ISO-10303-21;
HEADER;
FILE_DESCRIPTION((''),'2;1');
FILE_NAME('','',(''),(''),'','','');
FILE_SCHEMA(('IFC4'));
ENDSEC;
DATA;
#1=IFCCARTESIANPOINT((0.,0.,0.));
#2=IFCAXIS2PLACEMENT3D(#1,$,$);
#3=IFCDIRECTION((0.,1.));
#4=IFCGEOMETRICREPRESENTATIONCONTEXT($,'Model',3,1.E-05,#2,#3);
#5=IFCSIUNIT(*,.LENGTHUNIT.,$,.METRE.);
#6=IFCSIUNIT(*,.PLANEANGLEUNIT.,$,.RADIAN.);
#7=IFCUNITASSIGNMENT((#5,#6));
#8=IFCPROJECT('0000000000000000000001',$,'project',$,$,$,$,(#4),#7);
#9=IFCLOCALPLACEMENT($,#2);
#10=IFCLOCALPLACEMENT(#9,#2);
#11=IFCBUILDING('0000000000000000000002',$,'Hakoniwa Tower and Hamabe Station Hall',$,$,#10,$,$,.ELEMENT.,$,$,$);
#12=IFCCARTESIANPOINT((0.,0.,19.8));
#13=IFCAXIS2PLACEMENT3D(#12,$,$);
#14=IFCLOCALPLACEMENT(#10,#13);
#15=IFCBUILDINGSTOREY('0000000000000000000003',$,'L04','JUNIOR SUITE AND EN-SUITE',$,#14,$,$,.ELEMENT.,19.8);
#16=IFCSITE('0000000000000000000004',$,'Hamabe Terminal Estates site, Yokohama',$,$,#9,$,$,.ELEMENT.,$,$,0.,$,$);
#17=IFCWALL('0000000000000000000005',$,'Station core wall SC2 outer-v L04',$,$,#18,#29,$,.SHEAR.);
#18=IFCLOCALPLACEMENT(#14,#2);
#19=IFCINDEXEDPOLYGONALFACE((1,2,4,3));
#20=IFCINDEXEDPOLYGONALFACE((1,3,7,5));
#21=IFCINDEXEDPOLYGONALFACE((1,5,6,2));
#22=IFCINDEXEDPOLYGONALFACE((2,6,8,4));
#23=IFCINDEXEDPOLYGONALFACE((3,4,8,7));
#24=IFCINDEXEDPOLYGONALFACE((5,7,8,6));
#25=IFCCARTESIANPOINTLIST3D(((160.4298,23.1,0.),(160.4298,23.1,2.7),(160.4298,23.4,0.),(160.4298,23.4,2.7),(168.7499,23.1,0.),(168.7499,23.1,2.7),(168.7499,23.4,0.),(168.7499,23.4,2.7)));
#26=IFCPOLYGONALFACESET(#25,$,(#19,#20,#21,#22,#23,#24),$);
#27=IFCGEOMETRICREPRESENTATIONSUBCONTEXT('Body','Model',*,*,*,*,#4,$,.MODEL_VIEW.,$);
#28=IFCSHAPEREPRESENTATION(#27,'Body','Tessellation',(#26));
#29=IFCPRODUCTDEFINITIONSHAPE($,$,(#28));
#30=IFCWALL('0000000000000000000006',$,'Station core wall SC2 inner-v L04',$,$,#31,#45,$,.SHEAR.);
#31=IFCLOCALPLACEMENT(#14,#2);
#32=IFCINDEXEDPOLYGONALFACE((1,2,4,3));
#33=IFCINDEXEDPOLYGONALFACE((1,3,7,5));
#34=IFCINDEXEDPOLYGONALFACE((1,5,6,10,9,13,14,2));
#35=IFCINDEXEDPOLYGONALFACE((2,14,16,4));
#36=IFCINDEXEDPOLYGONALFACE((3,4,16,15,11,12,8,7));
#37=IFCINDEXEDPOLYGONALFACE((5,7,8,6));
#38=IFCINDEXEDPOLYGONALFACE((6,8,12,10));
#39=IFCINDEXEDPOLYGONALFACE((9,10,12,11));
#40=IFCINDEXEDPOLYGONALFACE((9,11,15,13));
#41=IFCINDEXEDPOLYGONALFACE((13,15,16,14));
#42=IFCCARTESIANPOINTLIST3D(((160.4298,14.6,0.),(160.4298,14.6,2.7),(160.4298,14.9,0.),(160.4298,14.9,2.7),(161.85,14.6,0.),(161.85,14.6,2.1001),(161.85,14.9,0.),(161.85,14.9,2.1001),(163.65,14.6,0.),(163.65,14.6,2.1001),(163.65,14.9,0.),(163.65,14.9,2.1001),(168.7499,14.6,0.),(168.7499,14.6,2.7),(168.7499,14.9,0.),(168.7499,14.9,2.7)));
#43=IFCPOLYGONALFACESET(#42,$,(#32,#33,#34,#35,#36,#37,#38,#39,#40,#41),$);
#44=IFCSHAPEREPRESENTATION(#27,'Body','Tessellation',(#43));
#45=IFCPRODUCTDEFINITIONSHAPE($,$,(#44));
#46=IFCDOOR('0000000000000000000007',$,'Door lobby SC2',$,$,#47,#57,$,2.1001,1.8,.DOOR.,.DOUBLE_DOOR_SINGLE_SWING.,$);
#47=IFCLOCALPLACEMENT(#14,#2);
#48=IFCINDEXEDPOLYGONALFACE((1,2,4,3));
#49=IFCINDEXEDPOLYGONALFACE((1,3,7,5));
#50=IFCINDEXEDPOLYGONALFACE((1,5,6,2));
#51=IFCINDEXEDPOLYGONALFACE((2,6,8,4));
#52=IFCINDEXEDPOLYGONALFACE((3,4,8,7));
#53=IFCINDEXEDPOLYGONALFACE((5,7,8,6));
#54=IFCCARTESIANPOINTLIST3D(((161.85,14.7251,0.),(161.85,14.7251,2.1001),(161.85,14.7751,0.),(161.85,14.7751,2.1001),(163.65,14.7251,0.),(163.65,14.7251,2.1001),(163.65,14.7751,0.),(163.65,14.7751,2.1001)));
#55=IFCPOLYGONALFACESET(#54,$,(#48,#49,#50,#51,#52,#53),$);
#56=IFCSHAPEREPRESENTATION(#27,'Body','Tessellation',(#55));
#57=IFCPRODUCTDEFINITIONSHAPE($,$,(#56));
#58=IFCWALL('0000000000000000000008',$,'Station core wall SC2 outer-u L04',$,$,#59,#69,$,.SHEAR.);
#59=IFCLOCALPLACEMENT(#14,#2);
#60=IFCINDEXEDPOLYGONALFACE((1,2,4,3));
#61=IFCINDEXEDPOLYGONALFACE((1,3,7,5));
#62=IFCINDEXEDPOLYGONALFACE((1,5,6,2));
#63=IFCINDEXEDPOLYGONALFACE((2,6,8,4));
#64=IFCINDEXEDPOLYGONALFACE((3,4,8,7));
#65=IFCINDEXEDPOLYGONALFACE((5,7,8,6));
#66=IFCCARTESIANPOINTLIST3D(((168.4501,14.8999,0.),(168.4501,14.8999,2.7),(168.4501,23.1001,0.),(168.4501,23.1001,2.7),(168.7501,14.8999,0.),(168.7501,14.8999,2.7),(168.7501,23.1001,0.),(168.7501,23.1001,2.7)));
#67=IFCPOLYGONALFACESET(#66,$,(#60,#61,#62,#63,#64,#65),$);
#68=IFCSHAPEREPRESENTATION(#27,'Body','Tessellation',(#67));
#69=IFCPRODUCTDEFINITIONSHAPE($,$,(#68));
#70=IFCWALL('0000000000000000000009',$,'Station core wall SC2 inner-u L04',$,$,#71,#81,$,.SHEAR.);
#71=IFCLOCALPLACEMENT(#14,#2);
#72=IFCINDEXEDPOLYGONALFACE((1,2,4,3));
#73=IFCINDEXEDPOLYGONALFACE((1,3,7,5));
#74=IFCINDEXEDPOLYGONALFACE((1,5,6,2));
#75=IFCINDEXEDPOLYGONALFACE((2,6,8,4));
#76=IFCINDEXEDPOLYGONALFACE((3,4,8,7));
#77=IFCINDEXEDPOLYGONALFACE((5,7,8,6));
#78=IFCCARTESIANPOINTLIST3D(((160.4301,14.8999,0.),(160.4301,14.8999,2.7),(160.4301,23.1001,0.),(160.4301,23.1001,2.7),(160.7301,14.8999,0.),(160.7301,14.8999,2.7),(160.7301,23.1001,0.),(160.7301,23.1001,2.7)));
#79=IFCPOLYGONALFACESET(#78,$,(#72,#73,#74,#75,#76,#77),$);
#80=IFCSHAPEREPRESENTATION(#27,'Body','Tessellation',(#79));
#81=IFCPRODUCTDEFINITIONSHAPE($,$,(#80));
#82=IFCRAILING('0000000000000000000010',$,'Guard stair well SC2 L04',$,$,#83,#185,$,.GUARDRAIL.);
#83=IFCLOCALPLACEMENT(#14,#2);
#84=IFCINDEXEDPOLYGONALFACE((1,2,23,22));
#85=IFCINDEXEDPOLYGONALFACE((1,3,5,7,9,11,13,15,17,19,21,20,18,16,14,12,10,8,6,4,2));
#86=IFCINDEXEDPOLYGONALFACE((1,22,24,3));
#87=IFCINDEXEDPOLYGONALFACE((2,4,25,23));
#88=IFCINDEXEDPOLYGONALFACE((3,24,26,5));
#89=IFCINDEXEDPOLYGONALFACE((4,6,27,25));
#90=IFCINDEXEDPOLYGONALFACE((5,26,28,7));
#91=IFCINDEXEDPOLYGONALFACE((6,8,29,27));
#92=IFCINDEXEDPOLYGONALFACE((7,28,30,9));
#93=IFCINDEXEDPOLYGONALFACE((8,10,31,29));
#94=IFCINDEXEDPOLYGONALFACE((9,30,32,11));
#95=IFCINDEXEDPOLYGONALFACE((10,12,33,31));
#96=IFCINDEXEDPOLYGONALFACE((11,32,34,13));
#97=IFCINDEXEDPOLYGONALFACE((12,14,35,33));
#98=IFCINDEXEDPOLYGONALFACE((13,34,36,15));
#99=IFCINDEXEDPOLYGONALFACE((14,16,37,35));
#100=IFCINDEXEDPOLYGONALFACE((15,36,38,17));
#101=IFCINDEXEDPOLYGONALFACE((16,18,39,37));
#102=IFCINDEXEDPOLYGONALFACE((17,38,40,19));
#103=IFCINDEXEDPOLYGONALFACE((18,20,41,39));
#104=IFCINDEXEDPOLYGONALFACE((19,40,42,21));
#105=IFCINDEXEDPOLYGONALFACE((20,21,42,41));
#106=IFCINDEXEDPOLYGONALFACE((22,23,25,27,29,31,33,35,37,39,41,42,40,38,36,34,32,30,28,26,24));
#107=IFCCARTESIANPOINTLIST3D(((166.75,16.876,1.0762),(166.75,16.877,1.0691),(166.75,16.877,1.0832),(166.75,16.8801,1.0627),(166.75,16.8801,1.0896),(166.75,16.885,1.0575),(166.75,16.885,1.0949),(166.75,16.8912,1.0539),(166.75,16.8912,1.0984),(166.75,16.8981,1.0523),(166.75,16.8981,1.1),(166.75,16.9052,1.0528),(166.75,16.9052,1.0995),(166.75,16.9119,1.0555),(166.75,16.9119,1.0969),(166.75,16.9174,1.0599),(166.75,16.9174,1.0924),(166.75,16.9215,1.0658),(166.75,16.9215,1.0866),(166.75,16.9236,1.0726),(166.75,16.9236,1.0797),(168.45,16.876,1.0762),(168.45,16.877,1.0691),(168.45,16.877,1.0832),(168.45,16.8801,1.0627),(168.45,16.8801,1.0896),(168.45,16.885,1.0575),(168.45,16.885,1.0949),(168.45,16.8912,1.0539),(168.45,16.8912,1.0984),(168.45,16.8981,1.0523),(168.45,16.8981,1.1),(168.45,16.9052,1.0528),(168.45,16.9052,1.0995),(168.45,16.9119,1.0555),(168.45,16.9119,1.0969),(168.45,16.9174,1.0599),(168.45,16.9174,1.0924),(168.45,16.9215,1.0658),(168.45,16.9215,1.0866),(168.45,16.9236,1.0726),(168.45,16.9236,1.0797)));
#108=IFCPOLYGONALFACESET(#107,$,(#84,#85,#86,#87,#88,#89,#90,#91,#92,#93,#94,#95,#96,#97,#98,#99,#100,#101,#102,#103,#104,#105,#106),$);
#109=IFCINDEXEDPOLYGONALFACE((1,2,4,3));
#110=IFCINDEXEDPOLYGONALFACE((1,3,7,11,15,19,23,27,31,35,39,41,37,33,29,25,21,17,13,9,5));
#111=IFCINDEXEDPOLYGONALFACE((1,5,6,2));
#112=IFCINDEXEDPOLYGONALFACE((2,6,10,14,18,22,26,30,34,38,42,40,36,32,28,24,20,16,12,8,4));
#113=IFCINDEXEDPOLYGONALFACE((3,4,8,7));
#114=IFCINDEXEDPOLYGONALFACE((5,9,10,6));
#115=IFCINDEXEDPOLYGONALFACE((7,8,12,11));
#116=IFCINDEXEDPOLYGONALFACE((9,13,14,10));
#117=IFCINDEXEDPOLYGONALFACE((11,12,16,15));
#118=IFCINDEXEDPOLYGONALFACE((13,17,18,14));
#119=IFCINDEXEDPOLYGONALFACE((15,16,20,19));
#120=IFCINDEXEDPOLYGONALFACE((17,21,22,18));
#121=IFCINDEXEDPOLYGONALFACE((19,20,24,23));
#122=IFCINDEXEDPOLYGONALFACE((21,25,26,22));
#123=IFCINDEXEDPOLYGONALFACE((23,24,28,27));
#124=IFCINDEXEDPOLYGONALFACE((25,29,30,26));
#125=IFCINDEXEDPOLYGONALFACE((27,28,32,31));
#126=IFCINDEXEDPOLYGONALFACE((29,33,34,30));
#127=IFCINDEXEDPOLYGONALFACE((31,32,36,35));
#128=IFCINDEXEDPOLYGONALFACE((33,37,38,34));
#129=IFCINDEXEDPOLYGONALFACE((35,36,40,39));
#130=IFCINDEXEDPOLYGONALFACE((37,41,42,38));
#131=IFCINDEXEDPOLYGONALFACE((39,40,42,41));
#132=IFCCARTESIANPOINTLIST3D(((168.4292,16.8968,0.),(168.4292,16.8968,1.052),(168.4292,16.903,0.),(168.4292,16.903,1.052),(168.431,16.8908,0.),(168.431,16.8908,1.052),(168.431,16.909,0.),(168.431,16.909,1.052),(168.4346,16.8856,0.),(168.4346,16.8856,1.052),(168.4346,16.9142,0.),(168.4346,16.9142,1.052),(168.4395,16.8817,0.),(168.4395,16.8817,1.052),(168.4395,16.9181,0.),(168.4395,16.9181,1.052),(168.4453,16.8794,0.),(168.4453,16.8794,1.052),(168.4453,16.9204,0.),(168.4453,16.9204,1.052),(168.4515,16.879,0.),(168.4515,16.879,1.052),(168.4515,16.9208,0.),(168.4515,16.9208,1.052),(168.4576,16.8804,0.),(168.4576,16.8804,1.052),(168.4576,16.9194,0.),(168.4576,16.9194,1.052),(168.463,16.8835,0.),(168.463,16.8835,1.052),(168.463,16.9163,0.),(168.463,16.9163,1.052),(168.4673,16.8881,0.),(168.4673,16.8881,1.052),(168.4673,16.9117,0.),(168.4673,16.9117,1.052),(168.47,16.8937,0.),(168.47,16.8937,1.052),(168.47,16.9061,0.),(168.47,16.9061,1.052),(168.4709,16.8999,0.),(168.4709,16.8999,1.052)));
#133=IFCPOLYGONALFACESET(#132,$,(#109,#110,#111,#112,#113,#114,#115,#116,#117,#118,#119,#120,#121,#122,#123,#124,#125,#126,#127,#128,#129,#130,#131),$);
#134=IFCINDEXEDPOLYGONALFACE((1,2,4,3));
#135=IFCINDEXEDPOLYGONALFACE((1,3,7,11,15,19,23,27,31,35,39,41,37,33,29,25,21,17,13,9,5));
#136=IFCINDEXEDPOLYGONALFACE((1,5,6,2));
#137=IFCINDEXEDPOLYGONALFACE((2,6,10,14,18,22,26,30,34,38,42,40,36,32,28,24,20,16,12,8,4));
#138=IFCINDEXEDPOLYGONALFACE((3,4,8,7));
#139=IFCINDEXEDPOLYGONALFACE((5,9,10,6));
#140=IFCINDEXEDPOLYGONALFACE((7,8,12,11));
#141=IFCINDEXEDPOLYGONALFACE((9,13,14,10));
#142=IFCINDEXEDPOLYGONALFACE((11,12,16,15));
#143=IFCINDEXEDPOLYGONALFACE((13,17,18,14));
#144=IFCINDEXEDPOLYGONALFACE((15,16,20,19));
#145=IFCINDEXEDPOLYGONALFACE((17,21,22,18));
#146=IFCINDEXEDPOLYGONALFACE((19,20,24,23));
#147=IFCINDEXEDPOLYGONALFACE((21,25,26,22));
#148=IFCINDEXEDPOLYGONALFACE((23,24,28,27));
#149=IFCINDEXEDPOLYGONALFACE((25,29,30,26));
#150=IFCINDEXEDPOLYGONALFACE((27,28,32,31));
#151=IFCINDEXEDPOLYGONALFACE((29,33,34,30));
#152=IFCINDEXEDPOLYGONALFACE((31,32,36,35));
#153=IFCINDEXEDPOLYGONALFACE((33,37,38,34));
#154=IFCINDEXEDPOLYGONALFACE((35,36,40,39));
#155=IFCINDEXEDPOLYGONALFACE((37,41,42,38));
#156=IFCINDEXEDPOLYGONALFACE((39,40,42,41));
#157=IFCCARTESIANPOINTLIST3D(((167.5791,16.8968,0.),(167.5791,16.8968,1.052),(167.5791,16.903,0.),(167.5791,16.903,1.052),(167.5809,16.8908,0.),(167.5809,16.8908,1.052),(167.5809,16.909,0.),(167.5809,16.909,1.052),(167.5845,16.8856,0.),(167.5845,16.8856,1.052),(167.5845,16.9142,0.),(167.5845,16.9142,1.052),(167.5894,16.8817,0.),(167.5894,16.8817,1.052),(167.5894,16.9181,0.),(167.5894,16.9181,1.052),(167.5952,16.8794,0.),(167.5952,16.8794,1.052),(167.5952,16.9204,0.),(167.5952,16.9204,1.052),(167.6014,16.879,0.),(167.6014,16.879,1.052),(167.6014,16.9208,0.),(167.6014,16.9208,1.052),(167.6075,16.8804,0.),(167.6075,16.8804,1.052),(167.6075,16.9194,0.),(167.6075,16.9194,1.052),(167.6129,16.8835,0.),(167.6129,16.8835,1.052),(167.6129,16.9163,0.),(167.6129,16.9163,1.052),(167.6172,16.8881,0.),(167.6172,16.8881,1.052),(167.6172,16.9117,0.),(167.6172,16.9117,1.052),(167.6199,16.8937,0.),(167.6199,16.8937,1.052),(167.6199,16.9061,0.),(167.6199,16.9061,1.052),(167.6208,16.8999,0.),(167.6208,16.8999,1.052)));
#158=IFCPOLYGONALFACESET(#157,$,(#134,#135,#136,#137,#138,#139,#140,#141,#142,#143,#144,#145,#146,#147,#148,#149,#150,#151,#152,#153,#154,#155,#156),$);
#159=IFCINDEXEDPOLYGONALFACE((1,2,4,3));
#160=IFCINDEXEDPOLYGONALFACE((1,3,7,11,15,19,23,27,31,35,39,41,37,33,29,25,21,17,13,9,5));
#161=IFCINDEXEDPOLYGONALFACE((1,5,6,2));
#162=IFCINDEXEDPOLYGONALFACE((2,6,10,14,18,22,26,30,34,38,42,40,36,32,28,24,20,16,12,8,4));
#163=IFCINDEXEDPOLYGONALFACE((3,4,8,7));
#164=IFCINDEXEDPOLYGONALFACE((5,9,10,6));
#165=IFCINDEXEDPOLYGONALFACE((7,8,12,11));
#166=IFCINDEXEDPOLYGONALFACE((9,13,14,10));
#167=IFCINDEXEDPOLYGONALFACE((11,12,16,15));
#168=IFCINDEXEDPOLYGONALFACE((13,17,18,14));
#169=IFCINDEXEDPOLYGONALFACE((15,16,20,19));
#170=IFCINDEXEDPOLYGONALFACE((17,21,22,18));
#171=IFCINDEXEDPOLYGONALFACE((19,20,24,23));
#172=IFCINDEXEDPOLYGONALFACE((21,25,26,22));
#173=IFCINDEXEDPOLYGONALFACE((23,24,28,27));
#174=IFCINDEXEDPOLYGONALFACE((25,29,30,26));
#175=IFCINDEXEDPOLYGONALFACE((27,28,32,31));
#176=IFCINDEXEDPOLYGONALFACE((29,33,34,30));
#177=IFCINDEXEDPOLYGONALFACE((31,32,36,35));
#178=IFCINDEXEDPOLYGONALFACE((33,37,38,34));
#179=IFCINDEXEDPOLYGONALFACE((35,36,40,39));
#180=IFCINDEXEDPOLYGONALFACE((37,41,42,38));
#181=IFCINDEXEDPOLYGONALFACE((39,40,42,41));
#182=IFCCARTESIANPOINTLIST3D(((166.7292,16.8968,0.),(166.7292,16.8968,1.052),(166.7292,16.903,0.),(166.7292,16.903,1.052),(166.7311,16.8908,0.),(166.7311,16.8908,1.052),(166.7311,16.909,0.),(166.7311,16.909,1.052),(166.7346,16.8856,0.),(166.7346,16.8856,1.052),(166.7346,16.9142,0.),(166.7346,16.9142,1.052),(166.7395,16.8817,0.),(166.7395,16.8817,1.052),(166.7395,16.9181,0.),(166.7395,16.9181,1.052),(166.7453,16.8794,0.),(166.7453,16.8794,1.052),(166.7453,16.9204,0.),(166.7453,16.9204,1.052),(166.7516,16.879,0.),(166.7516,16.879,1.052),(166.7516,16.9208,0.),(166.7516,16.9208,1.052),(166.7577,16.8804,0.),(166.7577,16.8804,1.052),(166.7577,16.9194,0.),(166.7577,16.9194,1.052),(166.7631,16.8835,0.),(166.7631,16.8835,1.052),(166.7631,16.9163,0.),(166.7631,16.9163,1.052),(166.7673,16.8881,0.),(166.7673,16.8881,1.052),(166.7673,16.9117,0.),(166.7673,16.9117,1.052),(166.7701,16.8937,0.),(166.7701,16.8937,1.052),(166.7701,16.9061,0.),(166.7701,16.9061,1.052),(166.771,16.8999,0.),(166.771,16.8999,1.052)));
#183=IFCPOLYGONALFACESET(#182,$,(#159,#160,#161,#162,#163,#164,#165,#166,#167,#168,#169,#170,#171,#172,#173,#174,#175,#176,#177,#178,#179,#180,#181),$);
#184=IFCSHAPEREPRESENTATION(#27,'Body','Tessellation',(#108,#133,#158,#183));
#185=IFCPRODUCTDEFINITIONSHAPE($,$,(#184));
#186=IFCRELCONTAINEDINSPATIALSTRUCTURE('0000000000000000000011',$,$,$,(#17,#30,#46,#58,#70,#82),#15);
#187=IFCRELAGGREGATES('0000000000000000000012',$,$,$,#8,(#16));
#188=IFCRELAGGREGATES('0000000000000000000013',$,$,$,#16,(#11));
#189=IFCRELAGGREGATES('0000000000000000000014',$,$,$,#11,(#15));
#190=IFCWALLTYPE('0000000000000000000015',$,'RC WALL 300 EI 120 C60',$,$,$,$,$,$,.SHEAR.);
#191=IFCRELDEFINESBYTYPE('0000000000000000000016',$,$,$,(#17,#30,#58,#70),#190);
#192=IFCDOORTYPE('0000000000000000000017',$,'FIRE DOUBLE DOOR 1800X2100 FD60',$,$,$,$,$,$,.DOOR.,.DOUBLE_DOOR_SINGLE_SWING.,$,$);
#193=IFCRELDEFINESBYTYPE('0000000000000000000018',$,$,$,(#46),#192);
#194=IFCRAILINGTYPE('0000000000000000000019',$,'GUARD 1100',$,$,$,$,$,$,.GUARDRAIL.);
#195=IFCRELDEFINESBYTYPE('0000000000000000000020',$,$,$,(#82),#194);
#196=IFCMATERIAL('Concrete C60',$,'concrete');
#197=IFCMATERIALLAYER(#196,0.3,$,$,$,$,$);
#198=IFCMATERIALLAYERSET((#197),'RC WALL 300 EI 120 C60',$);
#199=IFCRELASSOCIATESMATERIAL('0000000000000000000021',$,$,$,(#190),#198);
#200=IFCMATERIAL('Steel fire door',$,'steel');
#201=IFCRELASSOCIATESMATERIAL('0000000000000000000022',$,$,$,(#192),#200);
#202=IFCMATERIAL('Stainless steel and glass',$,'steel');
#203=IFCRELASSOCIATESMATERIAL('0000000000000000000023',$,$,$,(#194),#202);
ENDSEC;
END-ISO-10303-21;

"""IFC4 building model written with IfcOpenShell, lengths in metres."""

from ifc_helpers import new_model, si_unit, direction, frame, frame_2d, origin, origin_2d, place, context, subcontext, project, spatial, rectangle, circle, extrude, material, layer, layer_set, type_object, element, fill, save


model = new_model("IFC4")

# Units and contexts
model_context = context("Model", 3, precision=1e-05, world=origin(), true_north=direction((0.0, 1.0)))
body_context = subcontext(model_context, "Body", "Model", "MODEL_VIEW")
ifc_project = project(units=[si_unit("LENGTHUNIT", "METRE"), si_unit("PLANEANGLEUNIT", "RADIAN")], contexts=[model_context])

# Site, building, storey
site_placement = place(None, origin())
site = spatial("IfcSite", under=ifc_project, at=site_placement, Name="Hamabe Terminal Estates site, Yokohama", CompositionType="ELEMENT", RefElevation=0.0)
building_placement = place(site_placement, origin())
building = spatial("IfcBuilding", under=site, at=building_placement, Name="Hakoniwa Tower and Hamabe Station Hall", CompositionType="ELEMENT")
storey_placement = place(building_placement, frame((0.0, 0.0, 19.8)))
storey = spatial("IfcBuildingStorey", under=building, at=storey_placement, Name="L04", Description="JUNIOR SUITE AND EN-SUITE", CompositionType="ELEMENT", Elevation=19.8)

# Wall
ifc_material_1 = material(Name="Concrete C60", Category="concrete")
ifc_layer_1 = layer(ifc_material_1, 0.3)
ifc_layer_set_1 = layer_set([ifc_layer_1], Name="RC WALL 300 EI 120 C60")
wall_type_1 = type_object("IfcWallType", Name="RC WALL 300 EI 120 C60", PredefinedType="SHEAR", material=ifc_layer_set_1)
wall_1_placement = place(storey_placement, frame((168.75, 23.25, 0.0), z_axis=(0.0, 0.0, 1.0), x_axis=(-1.0, 0.0, 0.0)))
element("IfcWall", 1, at=wall_1_placement, inside=storey, type_object=wall_type_1, Name="Station core wall SC2 outer-v L04", PredefinedType="SHEAR", context=body_context, shape_type="SweptSolid", body=[
    extrude(rectangle(XDim=8.3201, YDim=0.3, at=frame_2d((4.1602, 0.0))), origin(), (0.0, 0.0, 1.0), 2.7),
])

# Wall, opening, door
wall_2_placement = place(storey_placement, frame((168.75, 14.75, 0.0), z_axis=(0.0, 0.0, 1.0), x_axis=(-1.0, 0.0, 0.0)))
wall_2 = element("IfcWall", 2, at=wall_2_placement, inside=storey, type_object=wall_type_1, Name="Station core wall SC2 inner-v L04", PredefinedType="SHEAR", context=body_context, shape_type="SweptSolid", body=[
    extrude(rectangle(XDim=8.3201, YDim=0.3, at=frame_2d((4.1602, 0.0))), origin(), (0.0, 0.0, 1.0), 2.7),
])
opening_1_placement = place(wall_2_placement, frame((5.1001, 0.0, 0.0)))
opening_1 = element("IfcOpeningElement", 3, at=opening_1_placement, cuts=wall_2, PredefinedType="OPENING", context=body_context, shape_type="SweptSolid", body=[
    extrude(rectangle(XDim=1.8, YDim=2.1001, at=frame_2d((0.8999, 1.05))), frame((0.0, 0.1599, 0.0), z_axis=(0.0, -1.0, 0.0), x_axis=(1.0, 0.0, 0.0)), (0.0, 0.0, 1.0), 0.3201),
])
ifc_material_2 = material(Name="Steel fire door", Category="steel")
door_type_1 = type_object("IfcDoorType", Name="FIRE DOUBLE DOOR 1800X2100 FD60", OperationType="DOUBLE_DOOR_SINGLE_SWING", PredefinedType="DOOR", material=ifc_material_2)
door_1_placement = place(opening_1_placement, origin())
door_1 = element("IfcDoor", 4, at=door_1_placement, inside=storey, type_object=door_type_1, Name="Door lobby SC2", OperationType="DOUBLE_DOOR_SINGLE_SWING", OverallHeight=2.1001, OverallWidth=1.8, PredefinedType="DOOR", context=body_context, shape_type="SweptSolid", body=[
    extrude(rectangle(XDim=1.8, YDim=2.1001, at=frame_2d((0.8999, 1.05))), frame((0.0, 0.0249, 0.0), z_axis=(0.0, -1.0, 0.0), x_axis=(1.0, 0.0, 0.0)), (0.0, 0.0, 1.0), 0.05),
])
fill(opening_1, door_1)

# Walls
for number, where, z_axis, x_axis, name in (
    (5, (168.6001, 23.1001, 0.0), (0.0, 0.0, 1.0), (0.0, -1.0, 0.0), "Station core wall SC2 outer-u L04"),
    (6, (160.5801, 23.1001, 0.0), (0.0, 0.0, 1.0), (0.0, -1.0, 0.0), "Station core wall SC2 inner-u L04"),
):
    element("IfcWall", number, at=place(storey_placement, frame(where, z_axis=z_axis, x_axis=x_axis)), inside=storey, type_object=wall_type_1, Name=name, PredefinedType="SHEAR", context=body_context, shape_type="SweptSolid", body=[
        extrude(rectangle(XDim=8.2002, YDim=0.3, at=frame_2d((4.1001, 0.0))), origin(), (0.0, 0.0, 1.0), 2.7),
    ])

# Railing
ifc_material_3 = material(Name="Stainless steel and glass", Category="steel")
railing_type = type_object("IfcRailingType", Name="GUARD 1100", PredefinedType="GUARDRAIL", material=ifc_material_3)
railing_placement = place(storey_placement, frame((168.45, 16.8999, 0.0)))
element("IfcRailing", 7, at=railing_placement, inside=storey, type_object=railing_type, Name="Guard stair well SC2 L04", PredefinedType="GUARDRAIL", context=body_context, shape_type="SweptSolid", body=[
    extrude(circle(Radius=0.0239, at=origin_2d()), frame((0.0, 0.0, 1.0762), z_axis=(-1.0, 0.0, 0.0), x_axis=(0.0, -1.0, 0.0)), (0.0, 0.0, 1.0), 1.7),
    extrude(circle(Radius=0.021, at=origin_2d()), origin(), (0.0, 0.0, 1.0), 1.052),
    extrude(circle(Radius=0.021, at=origin_2d()), frame((-0.8501, 0.0, 0.0)), (0.0, 0.0, 1.0), 1.052),
    extrude(circle(Radius=0.021, at=origin_2d()), frame((-1.7, 0.0, 0.0)), (0.0, 0.0, 1.0), 1.052),
])

save(model, "model.ifc")
